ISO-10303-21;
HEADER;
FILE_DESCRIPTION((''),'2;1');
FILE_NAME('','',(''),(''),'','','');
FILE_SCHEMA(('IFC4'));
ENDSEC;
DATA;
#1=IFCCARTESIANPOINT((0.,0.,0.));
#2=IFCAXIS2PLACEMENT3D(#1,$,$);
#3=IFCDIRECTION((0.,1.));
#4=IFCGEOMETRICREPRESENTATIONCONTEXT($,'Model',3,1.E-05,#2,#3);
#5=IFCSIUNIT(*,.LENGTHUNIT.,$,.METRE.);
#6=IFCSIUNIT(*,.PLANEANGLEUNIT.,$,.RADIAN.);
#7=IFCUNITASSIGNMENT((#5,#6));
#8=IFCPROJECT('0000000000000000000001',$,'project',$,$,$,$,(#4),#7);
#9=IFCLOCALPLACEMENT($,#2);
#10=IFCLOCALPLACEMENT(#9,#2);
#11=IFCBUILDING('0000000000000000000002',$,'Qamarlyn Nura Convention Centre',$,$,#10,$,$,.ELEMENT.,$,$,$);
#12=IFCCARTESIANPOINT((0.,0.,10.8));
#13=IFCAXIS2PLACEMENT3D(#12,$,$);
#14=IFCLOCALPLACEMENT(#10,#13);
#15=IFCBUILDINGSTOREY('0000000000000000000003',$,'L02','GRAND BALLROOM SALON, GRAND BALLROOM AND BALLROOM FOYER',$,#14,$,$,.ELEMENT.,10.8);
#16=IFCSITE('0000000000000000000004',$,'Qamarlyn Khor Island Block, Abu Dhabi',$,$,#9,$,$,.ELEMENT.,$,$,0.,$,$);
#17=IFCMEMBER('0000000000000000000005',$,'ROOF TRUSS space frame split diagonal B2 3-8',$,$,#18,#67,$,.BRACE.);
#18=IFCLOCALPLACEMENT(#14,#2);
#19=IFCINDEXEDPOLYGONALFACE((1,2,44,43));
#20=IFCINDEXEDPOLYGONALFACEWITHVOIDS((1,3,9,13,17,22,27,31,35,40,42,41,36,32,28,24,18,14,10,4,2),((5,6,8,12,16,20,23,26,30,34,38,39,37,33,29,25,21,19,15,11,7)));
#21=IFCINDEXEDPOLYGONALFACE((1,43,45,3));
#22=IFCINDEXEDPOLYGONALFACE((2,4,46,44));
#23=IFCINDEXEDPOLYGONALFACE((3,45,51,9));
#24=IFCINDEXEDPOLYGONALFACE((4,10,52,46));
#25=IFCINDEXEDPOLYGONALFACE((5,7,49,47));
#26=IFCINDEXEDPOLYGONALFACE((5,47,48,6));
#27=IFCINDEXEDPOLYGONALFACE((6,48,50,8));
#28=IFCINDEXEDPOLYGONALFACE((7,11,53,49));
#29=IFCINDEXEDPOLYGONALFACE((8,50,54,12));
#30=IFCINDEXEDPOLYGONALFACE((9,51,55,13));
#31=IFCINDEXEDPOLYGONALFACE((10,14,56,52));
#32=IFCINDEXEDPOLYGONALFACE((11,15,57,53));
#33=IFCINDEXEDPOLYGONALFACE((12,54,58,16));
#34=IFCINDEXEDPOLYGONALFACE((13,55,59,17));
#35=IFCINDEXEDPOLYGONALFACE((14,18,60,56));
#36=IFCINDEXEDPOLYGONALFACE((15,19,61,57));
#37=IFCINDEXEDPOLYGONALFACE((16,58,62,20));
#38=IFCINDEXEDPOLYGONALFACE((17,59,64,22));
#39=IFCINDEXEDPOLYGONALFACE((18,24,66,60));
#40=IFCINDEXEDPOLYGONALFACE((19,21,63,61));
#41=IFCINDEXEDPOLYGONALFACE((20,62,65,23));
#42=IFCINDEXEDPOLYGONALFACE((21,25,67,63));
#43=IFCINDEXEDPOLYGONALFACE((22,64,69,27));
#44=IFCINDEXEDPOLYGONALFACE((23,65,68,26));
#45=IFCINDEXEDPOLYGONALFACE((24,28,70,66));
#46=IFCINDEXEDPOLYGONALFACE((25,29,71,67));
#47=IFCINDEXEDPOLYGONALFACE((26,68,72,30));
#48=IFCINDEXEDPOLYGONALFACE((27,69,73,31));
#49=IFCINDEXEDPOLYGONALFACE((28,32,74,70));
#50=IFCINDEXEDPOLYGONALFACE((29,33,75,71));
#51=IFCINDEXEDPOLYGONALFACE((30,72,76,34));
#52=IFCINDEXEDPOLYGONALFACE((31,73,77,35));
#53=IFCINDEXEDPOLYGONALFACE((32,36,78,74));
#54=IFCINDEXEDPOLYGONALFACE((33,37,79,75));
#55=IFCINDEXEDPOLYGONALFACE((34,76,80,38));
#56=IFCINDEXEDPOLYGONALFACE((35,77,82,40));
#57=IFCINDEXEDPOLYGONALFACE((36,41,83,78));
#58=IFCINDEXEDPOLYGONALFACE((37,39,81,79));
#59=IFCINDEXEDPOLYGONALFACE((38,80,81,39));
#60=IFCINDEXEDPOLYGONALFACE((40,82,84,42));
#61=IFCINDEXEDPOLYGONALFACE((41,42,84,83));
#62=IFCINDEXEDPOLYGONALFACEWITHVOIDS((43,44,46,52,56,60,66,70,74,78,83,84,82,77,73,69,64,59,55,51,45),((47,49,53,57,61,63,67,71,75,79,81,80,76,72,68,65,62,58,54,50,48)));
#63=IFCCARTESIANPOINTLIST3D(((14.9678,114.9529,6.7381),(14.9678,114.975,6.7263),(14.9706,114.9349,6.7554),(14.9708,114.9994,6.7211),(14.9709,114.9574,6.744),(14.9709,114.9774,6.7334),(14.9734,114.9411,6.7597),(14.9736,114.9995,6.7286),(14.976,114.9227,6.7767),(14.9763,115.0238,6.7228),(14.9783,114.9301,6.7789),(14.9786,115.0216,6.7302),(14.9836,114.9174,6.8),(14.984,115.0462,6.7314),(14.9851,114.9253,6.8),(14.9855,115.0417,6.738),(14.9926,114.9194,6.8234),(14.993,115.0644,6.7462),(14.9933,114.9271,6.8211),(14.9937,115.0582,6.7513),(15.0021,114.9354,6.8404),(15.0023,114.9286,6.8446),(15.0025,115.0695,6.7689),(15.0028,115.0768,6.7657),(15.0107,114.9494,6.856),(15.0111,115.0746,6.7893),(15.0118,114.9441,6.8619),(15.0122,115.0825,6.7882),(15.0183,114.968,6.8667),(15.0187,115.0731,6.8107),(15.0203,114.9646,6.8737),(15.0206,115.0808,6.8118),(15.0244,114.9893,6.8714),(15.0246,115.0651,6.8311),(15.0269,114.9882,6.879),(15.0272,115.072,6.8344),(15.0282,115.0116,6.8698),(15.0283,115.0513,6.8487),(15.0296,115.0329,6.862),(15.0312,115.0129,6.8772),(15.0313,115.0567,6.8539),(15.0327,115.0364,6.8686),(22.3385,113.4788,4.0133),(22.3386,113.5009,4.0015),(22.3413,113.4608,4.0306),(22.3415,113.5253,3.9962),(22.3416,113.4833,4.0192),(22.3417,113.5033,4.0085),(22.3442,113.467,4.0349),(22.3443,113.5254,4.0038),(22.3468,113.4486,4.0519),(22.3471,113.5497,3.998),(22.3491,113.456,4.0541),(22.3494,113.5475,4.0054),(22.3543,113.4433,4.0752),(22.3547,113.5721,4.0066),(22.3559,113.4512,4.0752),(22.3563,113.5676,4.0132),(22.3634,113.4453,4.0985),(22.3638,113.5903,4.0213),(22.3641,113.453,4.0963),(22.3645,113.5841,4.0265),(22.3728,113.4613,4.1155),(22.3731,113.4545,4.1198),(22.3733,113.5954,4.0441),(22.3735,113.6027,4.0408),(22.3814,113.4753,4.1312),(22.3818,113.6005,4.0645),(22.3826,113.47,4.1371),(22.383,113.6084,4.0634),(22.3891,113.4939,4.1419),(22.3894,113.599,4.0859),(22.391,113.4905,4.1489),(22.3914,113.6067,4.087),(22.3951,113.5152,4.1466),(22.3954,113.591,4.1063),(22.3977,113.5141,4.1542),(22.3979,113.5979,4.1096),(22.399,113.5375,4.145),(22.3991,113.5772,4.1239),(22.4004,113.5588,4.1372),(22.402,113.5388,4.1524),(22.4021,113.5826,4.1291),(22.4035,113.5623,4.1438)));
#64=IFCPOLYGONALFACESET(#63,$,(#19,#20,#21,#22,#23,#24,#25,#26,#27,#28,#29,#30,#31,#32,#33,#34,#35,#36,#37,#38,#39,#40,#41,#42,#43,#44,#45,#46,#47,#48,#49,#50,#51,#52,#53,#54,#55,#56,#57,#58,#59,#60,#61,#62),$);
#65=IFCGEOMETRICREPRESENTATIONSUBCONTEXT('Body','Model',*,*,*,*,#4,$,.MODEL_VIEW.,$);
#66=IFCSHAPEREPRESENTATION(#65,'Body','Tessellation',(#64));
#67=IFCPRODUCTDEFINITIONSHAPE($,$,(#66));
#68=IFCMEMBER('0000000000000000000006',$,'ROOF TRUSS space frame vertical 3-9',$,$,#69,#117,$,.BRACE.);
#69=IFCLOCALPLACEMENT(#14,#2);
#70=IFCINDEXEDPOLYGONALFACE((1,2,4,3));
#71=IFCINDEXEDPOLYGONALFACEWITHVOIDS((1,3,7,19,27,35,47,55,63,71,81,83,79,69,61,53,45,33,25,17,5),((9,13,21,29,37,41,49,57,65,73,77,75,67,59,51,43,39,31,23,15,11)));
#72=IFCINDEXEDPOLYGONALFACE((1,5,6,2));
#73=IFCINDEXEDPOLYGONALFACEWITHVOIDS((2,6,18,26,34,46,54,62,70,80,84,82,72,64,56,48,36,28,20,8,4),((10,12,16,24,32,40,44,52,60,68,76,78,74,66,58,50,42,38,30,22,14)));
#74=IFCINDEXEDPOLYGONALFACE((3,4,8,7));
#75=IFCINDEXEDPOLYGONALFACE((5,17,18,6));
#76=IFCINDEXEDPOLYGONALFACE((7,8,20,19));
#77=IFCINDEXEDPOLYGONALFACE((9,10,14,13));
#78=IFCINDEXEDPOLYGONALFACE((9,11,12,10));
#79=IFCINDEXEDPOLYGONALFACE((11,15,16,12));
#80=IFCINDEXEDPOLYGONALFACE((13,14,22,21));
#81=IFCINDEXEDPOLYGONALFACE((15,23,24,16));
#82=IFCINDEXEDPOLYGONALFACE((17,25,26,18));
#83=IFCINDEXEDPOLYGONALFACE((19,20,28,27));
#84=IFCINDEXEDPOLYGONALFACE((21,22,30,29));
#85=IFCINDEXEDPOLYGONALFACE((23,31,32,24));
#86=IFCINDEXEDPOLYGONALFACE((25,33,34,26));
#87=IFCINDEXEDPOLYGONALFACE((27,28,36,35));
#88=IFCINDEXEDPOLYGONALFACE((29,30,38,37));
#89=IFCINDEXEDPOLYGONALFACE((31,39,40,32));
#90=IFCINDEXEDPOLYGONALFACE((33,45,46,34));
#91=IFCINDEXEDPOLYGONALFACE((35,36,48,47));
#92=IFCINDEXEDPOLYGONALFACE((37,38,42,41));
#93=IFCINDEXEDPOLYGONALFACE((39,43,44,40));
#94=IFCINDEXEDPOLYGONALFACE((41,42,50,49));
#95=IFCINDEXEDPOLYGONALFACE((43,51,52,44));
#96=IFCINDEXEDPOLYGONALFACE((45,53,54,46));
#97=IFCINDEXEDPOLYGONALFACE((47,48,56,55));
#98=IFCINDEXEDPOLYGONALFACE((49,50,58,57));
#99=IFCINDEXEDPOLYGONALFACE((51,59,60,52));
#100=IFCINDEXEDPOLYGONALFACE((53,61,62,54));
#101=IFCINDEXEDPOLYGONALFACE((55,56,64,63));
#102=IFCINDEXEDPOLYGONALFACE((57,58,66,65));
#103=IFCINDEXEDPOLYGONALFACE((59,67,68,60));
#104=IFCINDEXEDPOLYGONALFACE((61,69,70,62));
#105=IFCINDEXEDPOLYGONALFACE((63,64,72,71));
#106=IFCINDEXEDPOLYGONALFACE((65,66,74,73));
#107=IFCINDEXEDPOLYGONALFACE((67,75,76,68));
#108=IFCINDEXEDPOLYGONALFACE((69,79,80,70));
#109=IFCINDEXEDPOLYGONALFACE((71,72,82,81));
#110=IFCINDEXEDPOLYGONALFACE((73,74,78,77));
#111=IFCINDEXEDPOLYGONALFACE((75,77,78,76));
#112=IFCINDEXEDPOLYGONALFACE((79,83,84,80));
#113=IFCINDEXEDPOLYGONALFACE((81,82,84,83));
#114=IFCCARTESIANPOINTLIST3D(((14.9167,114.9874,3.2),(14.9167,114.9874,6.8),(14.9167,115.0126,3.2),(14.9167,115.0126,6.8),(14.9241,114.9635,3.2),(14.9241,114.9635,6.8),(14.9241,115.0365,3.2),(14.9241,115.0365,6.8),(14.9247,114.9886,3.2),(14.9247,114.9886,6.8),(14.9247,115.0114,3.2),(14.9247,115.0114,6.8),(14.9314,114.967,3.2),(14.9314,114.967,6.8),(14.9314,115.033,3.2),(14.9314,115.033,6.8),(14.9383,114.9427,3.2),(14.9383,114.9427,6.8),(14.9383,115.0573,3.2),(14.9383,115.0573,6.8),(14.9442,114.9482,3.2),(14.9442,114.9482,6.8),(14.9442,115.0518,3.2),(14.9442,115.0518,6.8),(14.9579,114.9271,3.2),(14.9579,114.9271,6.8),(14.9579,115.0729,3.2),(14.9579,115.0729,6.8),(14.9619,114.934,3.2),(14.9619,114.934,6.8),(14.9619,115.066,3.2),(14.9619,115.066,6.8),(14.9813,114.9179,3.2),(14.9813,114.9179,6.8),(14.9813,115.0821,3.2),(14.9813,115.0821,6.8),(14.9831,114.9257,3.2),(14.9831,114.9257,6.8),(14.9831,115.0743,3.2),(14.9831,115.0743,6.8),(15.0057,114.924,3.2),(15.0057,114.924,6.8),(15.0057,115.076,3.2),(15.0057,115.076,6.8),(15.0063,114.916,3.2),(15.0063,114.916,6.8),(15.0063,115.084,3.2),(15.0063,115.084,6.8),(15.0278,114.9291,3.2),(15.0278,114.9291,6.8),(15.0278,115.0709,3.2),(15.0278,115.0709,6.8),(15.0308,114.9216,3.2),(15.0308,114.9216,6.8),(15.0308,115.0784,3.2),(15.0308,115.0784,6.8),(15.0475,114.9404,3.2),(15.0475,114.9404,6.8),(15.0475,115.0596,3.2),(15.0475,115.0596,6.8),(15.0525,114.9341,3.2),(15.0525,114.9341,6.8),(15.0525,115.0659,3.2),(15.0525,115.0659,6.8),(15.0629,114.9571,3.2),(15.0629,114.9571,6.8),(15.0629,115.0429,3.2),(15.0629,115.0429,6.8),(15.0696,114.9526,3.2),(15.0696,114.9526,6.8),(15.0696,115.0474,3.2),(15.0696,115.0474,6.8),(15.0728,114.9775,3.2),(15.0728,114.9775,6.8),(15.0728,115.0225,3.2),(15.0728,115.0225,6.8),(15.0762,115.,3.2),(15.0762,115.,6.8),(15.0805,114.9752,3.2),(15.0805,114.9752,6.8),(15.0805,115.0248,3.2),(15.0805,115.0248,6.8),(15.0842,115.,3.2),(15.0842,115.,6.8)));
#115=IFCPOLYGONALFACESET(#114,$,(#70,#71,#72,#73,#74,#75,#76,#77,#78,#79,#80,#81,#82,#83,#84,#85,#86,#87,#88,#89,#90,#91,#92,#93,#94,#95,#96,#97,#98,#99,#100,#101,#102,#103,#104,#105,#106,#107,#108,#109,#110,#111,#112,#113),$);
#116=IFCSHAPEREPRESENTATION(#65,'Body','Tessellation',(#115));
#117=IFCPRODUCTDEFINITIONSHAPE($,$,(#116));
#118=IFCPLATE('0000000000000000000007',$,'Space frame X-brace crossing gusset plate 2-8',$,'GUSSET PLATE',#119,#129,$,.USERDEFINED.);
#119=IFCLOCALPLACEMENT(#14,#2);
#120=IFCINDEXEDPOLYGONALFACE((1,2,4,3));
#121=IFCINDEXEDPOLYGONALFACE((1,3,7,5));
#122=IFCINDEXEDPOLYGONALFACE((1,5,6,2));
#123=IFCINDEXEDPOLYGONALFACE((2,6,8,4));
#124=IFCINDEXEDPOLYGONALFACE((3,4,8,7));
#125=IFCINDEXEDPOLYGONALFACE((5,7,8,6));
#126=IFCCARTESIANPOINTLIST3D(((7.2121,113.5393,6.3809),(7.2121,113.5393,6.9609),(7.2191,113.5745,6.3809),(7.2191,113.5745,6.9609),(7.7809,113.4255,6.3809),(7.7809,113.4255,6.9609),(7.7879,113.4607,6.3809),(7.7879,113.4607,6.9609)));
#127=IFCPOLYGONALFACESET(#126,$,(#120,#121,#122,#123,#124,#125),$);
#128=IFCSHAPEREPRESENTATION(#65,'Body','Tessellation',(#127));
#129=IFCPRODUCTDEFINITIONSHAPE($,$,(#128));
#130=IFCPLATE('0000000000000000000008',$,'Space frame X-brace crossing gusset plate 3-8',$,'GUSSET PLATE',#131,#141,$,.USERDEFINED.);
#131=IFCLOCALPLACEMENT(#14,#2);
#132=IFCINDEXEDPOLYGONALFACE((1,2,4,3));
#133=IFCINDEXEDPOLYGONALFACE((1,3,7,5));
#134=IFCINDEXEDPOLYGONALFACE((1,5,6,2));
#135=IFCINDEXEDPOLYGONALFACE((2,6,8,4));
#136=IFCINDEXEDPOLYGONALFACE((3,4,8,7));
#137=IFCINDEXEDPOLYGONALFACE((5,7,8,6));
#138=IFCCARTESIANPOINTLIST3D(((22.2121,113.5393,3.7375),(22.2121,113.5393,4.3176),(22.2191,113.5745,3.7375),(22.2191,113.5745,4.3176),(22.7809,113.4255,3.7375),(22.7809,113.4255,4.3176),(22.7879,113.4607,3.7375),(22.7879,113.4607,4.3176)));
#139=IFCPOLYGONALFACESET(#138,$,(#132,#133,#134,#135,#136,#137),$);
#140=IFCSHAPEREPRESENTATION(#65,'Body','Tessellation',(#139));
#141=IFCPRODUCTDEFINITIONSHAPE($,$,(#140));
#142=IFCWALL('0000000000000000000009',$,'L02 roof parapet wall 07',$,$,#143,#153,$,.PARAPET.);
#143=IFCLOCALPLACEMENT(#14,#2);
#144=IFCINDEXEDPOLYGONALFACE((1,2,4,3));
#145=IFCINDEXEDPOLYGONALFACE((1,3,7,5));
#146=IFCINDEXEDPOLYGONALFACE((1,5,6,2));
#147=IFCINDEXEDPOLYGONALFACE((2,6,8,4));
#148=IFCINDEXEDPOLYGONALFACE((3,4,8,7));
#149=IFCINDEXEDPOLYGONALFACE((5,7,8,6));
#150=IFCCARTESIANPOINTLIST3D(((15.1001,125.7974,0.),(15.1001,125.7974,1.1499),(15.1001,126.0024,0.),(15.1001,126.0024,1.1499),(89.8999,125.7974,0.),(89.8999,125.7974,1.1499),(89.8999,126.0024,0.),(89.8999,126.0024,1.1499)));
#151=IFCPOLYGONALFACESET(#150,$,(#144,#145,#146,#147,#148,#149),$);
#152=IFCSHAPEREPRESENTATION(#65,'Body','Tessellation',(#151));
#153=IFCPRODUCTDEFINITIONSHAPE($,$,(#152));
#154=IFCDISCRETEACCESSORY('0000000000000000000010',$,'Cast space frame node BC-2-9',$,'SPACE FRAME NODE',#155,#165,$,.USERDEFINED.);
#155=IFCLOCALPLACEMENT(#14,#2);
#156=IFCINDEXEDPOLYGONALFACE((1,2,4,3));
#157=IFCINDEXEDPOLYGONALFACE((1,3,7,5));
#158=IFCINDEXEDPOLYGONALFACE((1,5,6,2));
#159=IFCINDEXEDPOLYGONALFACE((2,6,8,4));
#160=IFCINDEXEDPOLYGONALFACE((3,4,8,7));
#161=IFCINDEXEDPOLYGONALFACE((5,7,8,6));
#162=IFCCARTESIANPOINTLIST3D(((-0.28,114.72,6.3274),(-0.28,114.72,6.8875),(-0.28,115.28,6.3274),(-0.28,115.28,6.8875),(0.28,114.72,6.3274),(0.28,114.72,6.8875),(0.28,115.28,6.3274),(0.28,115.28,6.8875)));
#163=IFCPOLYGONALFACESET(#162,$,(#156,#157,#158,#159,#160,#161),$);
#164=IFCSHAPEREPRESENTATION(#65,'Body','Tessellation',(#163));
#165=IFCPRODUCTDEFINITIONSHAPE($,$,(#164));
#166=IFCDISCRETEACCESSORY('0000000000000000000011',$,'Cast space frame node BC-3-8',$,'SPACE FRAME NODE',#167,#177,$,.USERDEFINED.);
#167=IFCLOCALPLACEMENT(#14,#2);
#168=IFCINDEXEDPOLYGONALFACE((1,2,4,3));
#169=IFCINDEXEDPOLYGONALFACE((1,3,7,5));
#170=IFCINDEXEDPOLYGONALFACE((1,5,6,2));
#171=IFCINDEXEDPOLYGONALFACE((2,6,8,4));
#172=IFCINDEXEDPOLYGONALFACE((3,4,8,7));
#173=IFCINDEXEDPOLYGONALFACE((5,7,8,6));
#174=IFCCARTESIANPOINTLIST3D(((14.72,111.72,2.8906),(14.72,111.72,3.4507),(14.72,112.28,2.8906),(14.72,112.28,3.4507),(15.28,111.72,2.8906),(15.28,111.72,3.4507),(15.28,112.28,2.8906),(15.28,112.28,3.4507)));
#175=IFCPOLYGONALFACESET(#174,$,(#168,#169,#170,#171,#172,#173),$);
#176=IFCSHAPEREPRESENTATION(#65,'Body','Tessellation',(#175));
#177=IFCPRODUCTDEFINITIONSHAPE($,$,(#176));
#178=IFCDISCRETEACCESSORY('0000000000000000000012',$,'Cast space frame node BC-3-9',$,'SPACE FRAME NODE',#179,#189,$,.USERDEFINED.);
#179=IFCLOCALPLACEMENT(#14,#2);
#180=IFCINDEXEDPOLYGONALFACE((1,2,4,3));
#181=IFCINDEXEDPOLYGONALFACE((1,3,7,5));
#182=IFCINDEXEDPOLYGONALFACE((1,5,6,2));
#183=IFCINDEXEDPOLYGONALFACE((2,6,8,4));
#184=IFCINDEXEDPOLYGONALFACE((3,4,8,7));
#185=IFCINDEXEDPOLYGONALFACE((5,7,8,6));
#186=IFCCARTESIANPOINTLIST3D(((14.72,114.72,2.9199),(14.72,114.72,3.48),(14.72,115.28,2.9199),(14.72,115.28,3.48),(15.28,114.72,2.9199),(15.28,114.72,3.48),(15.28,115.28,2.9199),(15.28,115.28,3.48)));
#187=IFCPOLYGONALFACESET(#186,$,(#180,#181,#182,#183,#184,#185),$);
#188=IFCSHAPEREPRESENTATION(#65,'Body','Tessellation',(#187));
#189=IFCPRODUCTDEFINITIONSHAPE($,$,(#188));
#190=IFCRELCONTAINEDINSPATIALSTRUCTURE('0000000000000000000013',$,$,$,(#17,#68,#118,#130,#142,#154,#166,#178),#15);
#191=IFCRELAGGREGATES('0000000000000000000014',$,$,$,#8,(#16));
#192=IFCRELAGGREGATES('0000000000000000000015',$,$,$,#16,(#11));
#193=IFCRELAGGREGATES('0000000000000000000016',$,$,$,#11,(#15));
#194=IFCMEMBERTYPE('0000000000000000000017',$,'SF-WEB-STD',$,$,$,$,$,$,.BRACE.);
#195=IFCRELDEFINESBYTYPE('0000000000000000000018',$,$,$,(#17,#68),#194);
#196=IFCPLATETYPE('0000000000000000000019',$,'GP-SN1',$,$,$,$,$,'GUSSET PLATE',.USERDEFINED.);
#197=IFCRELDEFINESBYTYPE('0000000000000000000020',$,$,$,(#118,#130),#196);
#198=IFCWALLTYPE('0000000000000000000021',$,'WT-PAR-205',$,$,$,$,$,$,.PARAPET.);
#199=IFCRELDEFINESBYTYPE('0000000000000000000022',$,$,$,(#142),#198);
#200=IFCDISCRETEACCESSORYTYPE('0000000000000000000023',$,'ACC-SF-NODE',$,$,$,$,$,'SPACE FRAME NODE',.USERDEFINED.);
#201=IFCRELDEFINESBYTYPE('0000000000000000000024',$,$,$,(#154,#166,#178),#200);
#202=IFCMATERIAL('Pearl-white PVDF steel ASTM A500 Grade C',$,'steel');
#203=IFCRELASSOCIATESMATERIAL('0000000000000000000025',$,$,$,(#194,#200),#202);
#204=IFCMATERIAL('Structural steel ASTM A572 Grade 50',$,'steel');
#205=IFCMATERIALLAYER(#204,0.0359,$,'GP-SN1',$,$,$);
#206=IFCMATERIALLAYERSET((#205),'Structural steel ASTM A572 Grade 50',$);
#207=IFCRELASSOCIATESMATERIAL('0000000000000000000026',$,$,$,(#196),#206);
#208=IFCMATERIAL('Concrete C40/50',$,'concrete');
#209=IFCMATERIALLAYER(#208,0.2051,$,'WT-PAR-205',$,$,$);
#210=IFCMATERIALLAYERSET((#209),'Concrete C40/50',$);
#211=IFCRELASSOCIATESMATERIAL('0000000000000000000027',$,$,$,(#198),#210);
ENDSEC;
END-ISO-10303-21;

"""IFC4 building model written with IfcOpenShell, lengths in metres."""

from ifc_helpers import new_model, si_unit, direction, frame, frame_2d, origin, origin_2d, place, context, subcontext, project, spatial, rectangle, hollow_circle, extrude, material, layer, layer_set, material_profile, profile_set, type_object, element, save


model = new_model("IFC4")

# Units and contexts
model_context = context("Model", 3, precision=1e-05, world=origin(), true_north=direction((0.0, 1.0)))
body_context = subcontext(model_context, "Body", "Model", "MODEL_VIEW")
ifc_project = project(units=[si_unit("LENGTHUNIT", "METRE"), si_unit("PLANEANGLEUNIT", "RADIAN")], contexts=[model_context])

# Site, building, storey
site_placement = place(None, origin())
site = spatial("IfcSite", under=ifc_project, at=site_placement, Name="Qamarlyn Khor Island Block, Abu Dhabi", CompositionType="ELEMENT", RefElevation=0.0)
building_placement = place(site_placement, origin())
building = spatial("IfcBuilding", under=site, at=building_placement, Name="Qamarlyn Nura Convention Centre", CompositionType="ELEMENT")
storey_placement = place(building_placement, frame((0.0, 0.0, 10.8)))
storey = spatial("IfcBuildingStorey", under=building, at=storey_placement, Name="L02", Description="GRAND BALLROOM SALON, GRAND BALLROOM AND BALLROOM FOYER", CompositionType="ELEMENT", Elevation=10.8)

# Members
ifc_material_1 = material(Name="Pearl-white PVDF steel ASTM A500 Grade C", Category="steel")
ifc_material_profile_1 = material_profile(ifc_material_1, hollow_circle(Radius=0.0842, WallThickness=0.0081, at=origin_2d()), Name="CHS168.3X8")
ifc_profile_set_1 = profile_set([ifc_material_profile_1], Name="Pearl-white PVDF steel ASTM A500 Grade C")
member_type_1 = type_object("IfcMemberType", Name="SF-WEB-STD", PredefinedType="BRACE", material=ifc_profile_set_1)
member_1_placement = place(storey_placement, frame((22.3708, 113.5259, 4.0752), z_axis=(-0.92188, 0.18437, 0.3408), x_axis=(-0.19611, -0.980582, 0.0)))
element("IfcMember", 1, at=member_1_placement, inside=storey, type_object=member_type_1, Name="ROOF TRUSS space frame split diagonal B2 3-8", PredefinedType="BRACE", context=body_context, shape_type="SweptSolid", body=[
    extrude(hollow_circle(Radius=0.0842, WallThickness=0.0081, at=origin_2d()), origin(), (0.0, 0.0, 1.0), 7.9954),
])
member_2_placement = place(storey_placement, frame((15.0, 115.0, 3.2), z_axis=(0.0, 0.0, 1.0), x_axis=(1.0, 0.0, 0.0)))
element("IfcMember", 2, at=member_2_placement, inside=storey, type_object=member_type_1, Name="ROOF TRUSS space frame vertical 3-9", PredefinedType="BRACE", context=body_context, shape_type="SweptSolid", body=[
    extrude(hollow_circle(Radius=0.0842, WallThickness=0.0081, at=origin_2d()), origin(), (0.0, 0.0, 1.0), 3.6001),
])

# Plates
ifc_material_2 = material(Name="Structural steel ASTM A572 Grade 50", Category="steel")
ifc_layer_1 = layer(ifc_material_2, 0.0359, Name="GP-SN1")
ifc_layer_set_1 = layer_set([ifc_layer_1], Name="Structural steel ASTM A572 Grade 50")
plate_type = type_object("IfcPlateType", Name="GP-SN1", ElementType="GUSSET PLATE", PredefinedType="USERDEFINED", material=ifc_layer_set_1)
for number, where, z_axis, x_axis, name in (
    (3, (7.5, 113.5, 6.3809), (0.0, 0.0, 1.0), (-0.980581, 0.196116, 0.0), "Space frame X-brace crossing gusset plate 2-8"),
    (4, (22.5, 113.5, 3.7375), (0.0, 0.0, 1.0), (-0.980581, 0.196116, 0.0), "Space frame X-brace crossing gusset plate 3-8"),
):
    element("IfcPlate", number, at=place(storey_placement, frame(where, z_axis=z_axis, x_axis=x_axis)), inside=storey, type_object=plate_type, Name=name, ObjectType="GUSSET PLATE", PredefinedType="USERDEFINED", context=body_context, shape_type="SweptSolid", body=[
        extrude(rectangle(XDim=0.5801, YDim=0.0359, at=origin_2d()), origin(), (0.0, 0.0, 1.0), 0.5801),
    ])

# Wall
ifc_material_3 = material(Name="Concrete C40/50", Category="concrete")
ifc_layer_2 = layer(ifc_material_3, 0.2051, Name="WT-PAR-205")
ifc_layer_set_2 = layer_set([ifc_layer_2], Name="Concrete C40/50")
wall_type = type_object("IfcWallType", Name="WT-PAR-205", PredefinedType="PARAPET", material=ifc_layer_set_2)
wall_placement = place(storey_placement, frame((15.1001, 125.8999, 0.0), z_axis=(0.0, 0.0, 1.0), x_axis=(1.0, 0.0, 0.0)))
element("IfcWall", 5, at=wall_placement, inside=storey, type_object=wall_type, Name="L02 roof parapet wall 07", PredefinedType="PARAPET", context=body_context, shape_type="SweptSolid", body=[
    extrude(rectangle(XDim=74.7998, YDim=0.2051, at=frame_2d((37.3999, 0.0))), origin(), (0.0, 0.0, 1.0), 1.1499),
])

# Discrete accessories
discrete_accessory_type = type_object("IfcDiscreteAccessoryType", Name="ACC-SF-NODE", ElementType="SPACE FRAME NODE", PredefinedType="USERDEFINED", material=ifc_material_1)
for number, where, z_axis, x_axis, name in (
    (6, (0.0, 115.0, 6.3274), (0.0, 0.0, 1.0), (1.0, 0.0, 0.0), "Cast space frame node BC-2-9"),
    (7, (15.0, 112.0, 2.8906), (0.0, 0.0, 1.0), (1.0, 0.0, 0.0), "Cast space frame node BC-3-8"),
    (8, (15.0, 115.0, 2.9199), (0.0, 0.0, 1.0), (1.0, 0.0, 0.0), "Cast space frame node BC-3-9"),
):
    element("IfcDiscreteAccessory", number, at=place(storey_placement, frame(where, z_axis=z_axis, x_axis=x_axis)), inside=storey, type_object=discrete_accessory_type, Name=name, ObjectType="SPACE FRAME NODE", PredefinedType="USERDEFINED", context=body_context, shape_type="SweptSolid", body=[
        extrude(rectangle(XDim=0.5601, YDim=0.5601, at=origin_2d()), origin(), (0.0, 0.0, 1.0), 0.5601),
    ])

save(model, "model.ifc")
